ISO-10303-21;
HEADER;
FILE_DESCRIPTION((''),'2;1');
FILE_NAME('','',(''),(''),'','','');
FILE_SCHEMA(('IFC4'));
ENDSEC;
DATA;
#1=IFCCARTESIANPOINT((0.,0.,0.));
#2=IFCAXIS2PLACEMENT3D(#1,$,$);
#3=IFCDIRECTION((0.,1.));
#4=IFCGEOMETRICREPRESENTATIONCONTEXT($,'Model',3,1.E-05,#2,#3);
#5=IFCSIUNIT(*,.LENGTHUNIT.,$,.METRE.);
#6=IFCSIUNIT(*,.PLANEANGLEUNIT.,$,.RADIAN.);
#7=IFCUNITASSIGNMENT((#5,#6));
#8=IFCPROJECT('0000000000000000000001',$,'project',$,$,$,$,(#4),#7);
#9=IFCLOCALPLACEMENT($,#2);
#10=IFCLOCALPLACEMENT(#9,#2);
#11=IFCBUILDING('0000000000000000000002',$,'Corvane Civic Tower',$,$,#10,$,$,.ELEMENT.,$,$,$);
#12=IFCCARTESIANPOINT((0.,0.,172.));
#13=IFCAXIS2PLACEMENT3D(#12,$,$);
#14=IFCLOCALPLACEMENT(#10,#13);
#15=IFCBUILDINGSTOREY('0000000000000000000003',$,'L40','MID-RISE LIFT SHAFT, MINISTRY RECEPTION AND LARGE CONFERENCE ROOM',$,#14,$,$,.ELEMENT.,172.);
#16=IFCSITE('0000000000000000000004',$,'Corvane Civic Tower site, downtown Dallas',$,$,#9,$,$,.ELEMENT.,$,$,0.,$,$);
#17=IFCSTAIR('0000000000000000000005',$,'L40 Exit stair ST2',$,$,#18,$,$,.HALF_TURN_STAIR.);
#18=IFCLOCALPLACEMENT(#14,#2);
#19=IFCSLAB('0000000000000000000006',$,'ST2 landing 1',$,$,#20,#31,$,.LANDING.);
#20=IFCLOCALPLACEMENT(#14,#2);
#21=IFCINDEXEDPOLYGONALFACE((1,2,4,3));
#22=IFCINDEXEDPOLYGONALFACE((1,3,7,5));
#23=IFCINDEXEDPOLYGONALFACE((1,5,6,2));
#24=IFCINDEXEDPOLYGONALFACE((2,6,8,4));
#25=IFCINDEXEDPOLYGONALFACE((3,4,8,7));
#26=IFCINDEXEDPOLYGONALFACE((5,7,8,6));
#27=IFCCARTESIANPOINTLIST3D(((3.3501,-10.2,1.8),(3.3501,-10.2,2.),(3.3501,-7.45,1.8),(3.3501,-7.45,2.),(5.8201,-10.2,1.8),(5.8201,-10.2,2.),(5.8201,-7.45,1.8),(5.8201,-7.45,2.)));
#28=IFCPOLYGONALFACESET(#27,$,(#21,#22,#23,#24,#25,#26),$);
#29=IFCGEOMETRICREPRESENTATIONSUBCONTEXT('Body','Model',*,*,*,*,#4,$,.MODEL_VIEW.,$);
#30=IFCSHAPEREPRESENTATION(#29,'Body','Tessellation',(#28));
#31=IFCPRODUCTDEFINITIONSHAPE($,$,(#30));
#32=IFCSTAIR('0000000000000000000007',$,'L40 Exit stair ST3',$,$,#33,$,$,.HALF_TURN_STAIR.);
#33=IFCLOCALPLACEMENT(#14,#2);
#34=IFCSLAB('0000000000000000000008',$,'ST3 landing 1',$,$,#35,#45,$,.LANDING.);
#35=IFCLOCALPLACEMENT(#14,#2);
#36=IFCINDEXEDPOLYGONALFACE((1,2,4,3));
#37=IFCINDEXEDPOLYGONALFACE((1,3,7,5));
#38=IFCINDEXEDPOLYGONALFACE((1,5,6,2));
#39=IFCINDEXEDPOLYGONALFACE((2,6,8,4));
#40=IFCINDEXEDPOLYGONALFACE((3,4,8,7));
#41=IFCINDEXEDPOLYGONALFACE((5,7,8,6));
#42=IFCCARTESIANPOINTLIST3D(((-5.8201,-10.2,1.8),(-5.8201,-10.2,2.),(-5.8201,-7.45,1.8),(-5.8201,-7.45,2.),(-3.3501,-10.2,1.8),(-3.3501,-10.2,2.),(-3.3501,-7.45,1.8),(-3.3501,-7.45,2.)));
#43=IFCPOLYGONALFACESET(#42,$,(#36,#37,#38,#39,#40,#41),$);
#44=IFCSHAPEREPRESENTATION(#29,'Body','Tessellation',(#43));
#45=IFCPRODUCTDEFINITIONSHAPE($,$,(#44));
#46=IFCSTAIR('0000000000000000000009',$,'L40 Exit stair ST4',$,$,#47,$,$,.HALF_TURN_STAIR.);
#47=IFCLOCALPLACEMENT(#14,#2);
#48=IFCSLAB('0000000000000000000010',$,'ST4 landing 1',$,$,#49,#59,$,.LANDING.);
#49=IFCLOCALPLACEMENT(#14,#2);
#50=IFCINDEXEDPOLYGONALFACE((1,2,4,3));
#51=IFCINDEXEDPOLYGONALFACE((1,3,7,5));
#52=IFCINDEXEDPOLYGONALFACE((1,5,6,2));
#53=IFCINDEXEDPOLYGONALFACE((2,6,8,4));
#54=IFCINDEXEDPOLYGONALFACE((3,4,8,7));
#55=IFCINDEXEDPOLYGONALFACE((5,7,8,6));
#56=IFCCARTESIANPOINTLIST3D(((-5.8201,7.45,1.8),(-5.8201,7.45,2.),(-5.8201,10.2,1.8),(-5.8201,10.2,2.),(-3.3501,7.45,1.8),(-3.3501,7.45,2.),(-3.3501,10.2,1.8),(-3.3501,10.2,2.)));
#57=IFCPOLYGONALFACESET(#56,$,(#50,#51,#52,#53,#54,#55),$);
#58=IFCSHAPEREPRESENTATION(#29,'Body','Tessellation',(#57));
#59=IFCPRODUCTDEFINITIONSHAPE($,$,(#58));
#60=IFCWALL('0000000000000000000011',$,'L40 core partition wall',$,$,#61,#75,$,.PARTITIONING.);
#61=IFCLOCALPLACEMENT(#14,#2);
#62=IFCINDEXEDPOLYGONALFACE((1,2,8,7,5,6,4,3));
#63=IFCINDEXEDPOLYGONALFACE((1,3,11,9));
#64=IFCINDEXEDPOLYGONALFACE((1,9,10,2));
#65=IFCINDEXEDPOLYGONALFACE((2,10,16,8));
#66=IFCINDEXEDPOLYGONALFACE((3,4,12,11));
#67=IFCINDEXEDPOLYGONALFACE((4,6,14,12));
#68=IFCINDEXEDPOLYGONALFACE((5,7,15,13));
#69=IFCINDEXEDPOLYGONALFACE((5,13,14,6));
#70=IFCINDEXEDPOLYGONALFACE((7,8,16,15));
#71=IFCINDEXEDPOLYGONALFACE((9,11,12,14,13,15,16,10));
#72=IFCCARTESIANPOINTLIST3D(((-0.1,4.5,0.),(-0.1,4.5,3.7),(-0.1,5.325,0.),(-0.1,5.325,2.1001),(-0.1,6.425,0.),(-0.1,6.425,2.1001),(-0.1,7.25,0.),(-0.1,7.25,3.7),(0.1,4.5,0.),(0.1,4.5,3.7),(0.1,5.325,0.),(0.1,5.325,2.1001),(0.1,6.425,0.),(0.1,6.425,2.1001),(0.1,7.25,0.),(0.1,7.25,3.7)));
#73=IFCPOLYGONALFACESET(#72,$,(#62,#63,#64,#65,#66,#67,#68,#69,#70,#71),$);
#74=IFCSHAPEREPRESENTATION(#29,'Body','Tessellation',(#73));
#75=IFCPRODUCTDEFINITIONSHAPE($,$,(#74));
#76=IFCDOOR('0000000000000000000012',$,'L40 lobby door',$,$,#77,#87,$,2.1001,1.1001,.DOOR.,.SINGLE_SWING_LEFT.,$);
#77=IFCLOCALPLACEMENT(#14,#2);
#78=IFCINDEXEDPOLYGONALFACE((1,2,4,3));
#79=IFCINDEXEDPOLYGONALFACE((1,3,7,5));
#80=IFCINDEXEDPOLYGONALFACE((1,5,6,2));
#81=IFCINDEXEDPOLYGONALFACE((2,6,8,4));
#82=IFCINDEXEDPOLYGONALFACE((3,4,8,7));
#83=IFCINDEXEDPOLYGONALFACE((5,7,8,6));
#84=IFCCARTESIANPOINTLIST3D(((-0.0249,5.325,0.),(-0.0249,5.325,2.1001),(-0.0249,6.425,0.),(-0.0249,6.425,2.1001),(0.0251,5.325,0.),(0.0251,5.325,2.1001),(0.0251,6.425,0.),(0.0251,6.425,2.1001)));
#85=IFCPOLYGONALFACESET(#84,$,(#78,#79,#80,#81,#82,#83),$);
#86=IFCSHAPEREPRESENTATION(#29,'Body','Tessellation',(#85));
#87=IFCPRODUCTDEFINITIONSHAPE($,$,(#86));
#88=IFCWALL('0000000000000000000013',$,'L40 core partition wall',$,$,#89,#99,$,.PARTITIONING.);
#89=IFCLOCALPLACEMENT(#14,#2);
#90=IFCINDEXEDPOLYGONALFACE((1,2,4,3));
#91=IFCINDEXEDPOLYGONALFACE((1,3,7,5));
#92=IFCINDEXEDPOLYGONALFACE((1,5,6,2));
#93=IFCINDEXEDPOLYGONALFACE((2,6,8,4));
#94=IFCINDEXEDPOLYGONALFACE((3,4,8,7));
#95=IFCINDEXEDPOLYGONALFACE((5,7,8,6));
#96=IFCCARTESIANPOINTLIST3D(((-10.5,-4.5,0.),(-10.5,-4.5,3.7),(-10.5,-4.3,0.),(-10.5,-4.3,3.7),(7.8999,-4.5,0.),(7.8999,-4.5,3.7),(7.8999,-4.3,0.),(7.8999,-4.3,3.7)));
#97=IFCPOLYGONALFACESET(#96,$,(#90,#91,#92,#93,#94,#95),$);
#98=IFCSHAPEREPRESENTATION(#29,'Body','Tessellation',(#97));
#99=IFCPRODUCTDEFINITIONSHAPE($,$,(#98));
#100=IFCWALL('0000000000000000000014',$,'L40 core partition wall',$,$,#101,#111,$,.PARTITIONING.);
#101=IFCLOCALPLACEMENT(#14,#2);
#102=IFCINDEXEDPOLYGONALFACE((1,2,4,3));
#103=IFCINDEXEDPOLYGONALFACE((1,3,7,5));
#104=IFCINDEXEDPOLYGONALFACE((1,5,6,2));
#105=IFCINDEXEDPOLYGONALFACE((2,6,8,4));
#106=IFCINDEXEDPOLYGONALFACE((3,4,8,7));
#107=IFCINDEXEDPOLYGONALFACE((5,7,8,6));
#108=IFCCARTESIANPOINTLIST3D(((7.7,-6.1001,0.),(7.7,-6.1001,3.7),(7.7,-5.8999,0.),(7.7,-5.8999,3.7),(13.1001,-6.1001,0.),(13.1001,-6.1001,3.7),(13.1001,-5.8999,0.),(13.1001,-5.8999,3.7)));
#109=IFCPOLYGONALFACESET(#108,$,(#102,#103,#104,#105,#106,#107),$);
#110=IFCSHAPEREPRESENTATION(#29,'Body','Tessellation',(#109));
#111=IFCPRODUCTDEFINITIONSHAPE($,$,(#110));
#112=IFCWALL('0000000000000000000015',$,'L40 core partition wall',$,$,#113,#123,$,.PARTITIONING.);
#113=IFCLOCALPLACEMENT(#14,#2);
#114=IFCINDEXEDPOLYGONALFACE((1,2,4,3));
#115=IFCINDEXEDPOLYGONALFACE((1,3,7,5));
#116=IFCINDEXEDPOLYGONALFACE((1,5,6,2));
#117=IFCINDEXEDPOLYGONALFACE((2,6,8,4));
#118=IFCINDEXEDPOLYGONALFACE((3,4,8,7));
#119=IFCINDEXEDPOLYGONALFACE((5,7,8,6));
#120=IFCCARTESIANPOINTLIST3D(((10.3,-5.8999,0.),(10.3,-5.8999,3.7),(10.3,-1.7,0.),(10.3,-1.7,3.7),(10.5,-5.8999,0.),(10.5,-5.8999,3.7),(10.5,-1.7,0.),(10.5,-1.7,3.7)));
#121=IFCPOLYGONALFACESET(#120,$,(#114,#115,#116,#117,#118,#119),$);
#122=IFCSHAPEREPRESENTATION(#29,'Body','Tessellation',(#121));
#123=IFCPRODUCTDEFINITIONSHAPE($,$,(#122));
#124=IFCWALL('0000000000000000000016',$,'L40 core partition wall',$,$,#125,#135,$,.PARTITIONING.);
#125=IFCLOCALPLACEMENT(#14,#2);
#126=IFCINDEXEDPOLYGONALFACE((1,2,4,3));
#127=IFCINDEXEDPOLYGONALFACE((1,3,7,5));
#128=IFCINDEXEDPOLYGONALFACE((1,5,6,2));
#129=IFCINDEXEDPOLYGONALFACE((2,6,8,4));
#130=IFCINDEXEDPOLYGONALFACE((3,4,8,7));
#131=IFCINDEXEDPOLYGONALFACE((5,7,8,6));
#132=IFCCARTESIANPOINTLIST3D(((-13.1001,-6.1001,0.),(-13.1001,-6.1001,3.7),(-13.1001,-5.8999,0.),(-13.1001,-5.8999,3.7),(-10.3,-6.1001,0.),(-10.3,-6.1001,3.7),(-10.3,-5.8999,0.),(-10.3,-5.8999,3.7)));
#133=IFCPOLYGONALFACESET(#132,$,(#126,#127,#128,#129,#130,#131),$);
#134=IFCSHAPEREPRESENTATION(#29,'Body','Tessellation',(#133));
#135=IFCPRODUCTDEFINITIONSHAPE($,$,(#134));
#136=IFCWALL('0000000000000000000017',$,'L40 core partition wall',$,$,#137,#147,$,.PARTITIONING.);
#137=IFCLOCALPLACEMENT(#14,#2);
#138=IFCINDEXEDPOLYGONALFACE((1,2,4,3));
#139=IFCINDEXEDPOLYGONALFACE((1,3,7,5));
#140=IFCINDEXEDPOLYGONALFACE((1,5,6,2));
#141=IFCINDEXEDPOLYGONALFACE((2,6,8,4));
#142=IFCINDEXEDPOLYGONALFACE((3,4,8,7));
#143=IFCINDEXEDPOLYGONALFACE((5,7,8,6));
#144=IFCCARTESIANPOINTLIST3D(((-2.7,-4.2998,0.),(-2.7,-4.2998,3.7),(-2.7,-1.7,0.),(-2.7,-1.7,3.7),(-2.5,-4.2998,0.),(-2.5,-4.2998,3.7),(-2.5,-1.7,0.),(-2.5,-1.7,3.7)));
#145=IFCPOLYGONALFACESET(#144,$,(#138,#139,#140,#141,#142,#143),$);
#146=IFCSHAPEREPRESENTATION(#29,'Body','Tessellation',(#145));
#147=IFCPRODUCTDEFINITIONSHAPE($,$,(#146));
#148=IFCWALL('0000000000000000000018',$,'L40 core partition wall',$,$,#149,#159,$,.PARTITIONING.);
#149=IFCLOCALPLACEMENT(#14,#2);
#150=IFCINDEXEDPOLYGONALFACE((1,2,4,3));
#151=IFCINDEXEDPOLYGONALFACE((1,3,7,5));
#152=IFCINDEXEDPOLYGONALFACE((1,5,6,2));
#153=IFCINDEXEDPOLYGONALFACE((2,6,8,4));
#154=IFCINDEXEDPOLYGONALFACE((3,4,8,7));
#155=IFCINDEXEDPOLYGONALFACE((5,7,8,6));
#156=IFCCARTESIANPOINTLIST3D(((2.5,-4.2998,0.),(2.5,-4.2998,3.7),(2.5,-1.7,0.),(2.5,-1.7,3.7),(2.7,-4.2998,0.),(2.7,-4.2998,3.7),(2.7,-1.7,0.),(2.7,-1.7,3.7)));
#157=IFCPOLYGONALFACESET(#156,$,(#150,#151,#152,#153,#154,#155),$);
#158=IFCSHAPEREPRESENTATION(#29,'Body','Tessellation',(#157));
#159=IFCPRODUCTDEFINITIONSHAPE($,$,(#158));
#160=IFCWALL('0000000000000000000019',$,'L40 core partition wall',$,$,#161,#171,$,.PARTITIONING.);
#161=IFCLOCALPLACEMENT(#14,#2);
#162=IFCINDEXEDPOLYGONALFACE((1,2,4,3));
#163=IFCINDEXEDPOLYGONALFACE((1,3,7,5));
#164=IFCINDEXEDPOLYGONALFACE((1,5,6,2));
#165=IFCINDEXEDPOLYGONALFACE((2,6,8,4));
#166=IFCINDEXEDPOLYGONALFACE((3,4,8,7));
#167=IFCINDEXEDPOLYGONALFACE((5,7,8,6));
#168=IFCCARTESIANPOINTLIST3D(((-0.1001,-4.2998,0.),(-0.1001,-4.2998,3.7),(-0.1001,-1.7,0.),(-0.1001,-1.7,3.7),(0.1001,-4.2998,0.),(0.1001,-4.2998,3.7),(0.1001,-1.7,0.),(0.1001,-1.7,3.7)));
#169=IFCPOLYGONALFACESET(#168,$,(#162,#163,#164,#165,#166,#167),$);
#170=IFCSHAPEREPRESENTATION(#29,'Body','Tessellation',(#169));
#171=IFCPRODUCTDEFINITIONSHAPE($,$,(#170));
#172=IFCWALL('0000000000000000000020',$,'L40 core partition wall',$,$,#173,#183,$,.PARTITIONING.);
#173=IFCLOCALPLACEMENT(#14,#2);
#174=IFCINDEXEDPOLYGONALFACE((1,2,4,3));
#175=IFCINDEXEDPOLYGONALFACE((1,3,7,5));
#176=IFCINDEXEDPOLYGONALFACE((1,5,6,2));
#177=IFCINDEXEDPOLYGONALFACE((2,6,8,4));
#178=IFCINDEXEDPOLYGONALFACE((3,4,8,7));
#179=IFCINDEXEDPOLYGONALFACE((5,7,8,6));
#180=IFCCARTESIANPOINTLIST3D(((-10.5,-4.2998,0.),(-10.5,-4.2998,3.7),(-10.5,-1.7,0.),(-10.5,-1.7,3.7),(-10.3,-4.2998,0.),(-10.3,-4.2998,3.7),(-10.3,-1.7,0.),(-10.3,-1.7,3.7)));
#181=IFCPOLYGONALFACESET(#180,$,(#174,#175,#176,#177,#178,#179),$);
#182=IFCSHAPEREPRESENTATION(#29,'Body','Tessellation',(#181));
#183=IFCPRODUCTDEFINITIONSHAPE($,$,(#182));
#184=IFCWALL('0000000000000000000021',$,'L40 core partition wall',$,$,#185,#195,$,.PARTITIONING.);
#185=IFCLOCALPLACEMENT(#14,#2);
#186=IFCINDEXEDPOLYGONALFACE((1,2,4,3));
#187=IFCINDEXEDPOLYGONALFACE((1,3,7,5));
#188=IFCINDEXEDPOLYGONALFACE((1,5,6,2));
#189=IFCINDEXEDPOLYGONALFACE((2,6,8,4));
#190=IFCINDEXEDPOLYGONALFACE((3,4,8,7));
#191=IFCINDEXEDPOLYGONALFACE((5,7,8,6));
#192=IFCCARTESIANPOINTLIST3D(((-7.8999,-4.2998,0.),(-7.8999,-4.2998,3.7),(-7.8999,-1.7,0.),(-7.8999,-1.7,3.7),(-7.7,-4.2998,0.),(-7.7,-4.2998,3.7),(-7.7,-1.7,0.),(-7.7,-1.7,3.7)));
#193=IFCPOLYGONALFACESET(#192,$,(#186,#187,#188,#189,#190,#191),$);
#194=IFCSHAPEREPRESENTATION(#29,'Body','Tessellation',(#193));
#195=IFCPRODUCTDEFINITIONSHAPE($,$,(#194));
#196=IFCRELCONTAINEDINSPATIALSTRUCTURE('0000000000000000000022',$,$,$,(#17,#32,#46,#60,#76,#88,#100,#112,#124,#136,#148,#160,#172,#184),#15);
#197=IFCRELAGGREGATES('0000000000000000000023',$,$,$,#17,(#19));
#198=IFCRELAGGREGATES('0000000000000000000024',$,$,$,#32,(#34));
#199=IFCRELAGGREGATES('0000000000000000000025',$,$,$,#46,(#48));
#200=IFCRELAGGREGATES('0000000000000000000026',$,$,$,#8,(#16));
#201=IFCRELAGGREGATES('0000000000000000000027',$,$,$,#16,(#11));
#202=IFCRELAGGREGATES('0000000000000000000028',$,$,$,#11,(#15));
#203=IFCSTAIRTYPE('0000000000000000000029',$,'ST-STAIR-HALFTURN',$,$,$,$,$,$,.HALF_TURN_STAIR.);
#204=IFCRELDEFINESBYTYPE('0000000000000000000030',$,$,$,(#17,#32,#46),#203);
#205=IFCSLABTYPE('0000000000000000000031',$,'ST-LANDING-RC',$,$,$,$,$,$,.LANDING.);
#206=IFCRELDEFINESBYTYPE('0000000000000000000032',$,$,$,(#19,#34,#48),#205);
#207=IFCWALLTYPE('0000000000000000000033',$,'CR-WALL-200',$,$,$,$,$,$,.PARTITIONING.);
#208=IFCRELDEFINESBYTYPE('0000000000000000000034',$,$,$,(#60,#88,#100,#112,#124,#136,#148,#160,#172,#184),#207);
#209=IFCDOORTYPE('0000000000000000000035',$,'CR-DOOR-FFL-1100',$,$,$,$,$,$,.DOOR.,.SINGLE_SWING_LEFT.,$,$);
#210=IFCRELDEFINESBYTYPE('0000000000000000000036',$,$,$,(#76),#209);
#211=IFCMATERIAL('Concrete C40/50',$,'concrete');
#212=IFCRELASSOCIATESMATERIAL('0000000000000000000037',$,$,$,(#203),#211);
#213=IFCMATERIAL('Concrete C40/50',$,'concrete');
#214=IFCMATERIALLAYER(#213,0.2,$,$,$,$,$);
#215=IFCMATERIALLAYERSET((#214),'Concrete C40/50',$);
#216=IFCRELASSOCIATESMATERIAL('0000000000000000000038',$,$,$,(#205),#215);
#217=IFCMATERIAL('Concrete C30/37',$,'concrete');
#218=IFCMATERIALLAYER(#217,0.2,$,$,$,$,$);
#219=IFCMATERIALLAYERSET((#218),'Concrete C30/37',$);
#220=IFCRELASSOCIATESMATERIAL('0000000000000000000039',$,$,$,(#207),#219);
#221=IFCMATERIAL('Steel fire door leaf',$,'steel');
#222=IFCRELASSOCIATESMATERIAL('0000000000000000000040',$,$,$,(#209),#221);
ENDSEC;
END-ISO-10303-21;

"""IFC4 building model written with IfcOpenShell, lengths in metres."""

from ifc_helpers import new_model, si_unit, direction, frame, frame_2d, origin, place, context, subcontext, project, spatial, polyline, rectangle, outline, extrude, material, layer, layer_set, type_object, element, fill, aggregate, save


model = new_model("IFC4")

# Units and contexts
model_context = context("Model", 3, precision=1e-05, world=origin(), true_north=direction((0.0, 1.0)))
body_context = subcontext(model_context, "Body", "Model", "MODEL_VIEW")
ifc_project = project(units=[si_unit("LENGTHUNIT", "METRE"), si_unit("PLANEANGLEUNIT", "RADIAN")], contexts=[model_context])

# Site, building, storey
site_placement = place(None, origin())
site = spatial("IfcSite", under=ifc_project, at=site_placement, Name="Corvane Civic Tower site, downtown Dallas", CompositionType="ELEMENT", RefElevation=0.0)
building_placement = place(site_placement, origin())
building = spatial("IfcBuilding", under=site, at=building_placement, Name="Corvane Civic Tower", CompositionType="ELEMENT")
storey_placement = place(building_placement, frame((0.0, 0.0, 172.0)))
storey = spatial("IfcBuildingStorey", under=building, at=storey_placement, Name="L40", Description="MID-RISE LIFT SHAFT, MINISTRY RECEPTION AND LARGE CONFERENCE ROOM", CompositionType="ELEMENT", Elevation=172.0)

# Stairs, slabs
ifc_material_1 = material(Name="Concrete C40/50", Category="concrete")
stair_type = type_object("IfcStairType", Name="ST-STAIR-HALFTURN", PredefinedType="HALF_TURN_STAIR", material=ifc_material_1)
stair_1_placement = place(storey_placement, origin())
stair_1 = element("IfcStair", 1, at=stair_1_placement, inside=storey, type_object=stair_type, Name="L40 Exit stair ST2", PredefinedType="HALF_TURN_STAIR")
ifc_material_2 = material(Name="Concrete C40/50", Category="concrete")
ifc_layer_1 = layer(ifc_material_2, 0.2)
ifc_layer_set_1 = layer_set([ifc_layer_1], Name="Concrete C40/50")
slab_type = type_object("IfcSlabType", Name="ST-LANDING-RC", PredefinedType="LANDING", material=ifc_layer_set_1)
slab_1_placement = place(storey_placement, frame((0.0, 0.0, 1.8)))
slab_1 = element("IfcSlab", 2, at=slab_1_placement, type_object=slab_type, Name="ST2 landing 1", PredefinedType="LANDING", context=body_context, shape_type="SweptSolid", body=[
    extrude(outline(polyline([(5.8201, -7.45), (3.3501, -7.45), (3.3501, -10.2), (5.8201, -10.2), (5.8201, -7.45)])), origin(), (0.0, 0.0, 1.0), 0.2),
])
aggregate(stair_1, [slab_1])
stair_2_placement = place(storey_placement, origin())
stair_2 = element("IfcStair", 3, at=stair_2_placement, inside=storey, type_object=stair_type, Name="L40 Exit stair ST3", PredefinedType="HALF_TURN_STAIR")
slab_2_placement = place(storey_placement, frame((0.0, 0.0, 1.8)))
slab_2 = element("IfcSlab", 4, at=slab_2_placement, type_object=slab_type, Name="ST3 landing 1", PredefinedType="LANDING", context=body_context, shape_type="SweptSolid", body=[
    extrude(outline(polyline([(-5.8201, -10.2), (-3.3501, -10.2), (-3.3501, -7.45), (-5.8201, -7.45), (-5.8201, -10.2)])), origin(), (0.0, 0.0, 1.0), 0.2),
])
aggregate(stair_2, [slab_2])
stair_3_placement = place(storey_placement, origin())
stair_3 = element("IfcStair", 5, at=stair_3_placement, inside=storey, type_object=stair_type, Name="L40 Exit stair ST4", PredefinedType="HALF_TURN_STAIR")
slab_3_placement = place(storey_placement, frame((0.0, 0.0, 1.8)))
slab_3 = element("IfcSlab", 6, at=slab_3_placement, type_object=slab_type, Name="ST4 landing 1", PredefinedType="LANDING", context=body_context, shape_type="SweptSolid", body=[
    extrude(outline(polyline([(-5.8201, 7.45), (-3.3501, 7.45), (-3.3501, 10.2), (-5.8201, 10.2), (-5.8201, 7.45)])), origin(), (0.0, 0.0, 1.0), 0.2),
])
aggregate(stair_3, [slab_3])

# Wall, opening, door
ifc_material_3 = material(Name="Concrete C30/37", Category="concrete")
ifc_layer_2 = layer(ifc_material_3, 0.2)
ifc_layer_set_2 = layer_set([ifc_layer_2], Name="Concrete C30/37")
wall_type_1 = type_object("IfcWallType", Name="CR-WALL-200", PredefinedType="PARTITIONING", material=ifc_layer_set_2)
wall_1_placement = place(storey_placement, frame((0.0, 4.5, 0.0), z_axis=(0.0, 0.0, 1.0), x_axis=(0.0, 1.0, 0.0)))
wall_1 = element("IfcWall", 7, at=wall_1_placement, inside=storey, type_object=wall_type_1, Name="L40 core partition wall", PredefinedType="PARTITIONING", context=body_context, shape_type="SweptSolid", body=[
    extrude(rectangle(XDim=2.75, YDim=0.2, at=frame_2d((1.375, 0.0))), origin(), (0.0, 0.0, 1.0), 3.7),
])
opening_1_placement = place(wall_1_placement, frame((0.825, 0.0, 0.0)))
opening_1 = element("IfcOpeningElement", 8, at=opening_1_placement, cuts=wall_1, PredefinedType="OPENING", context=body_context, shape_type="SweptSolid", body=[
    extrude(rectangle(XDim=1.1001, YDim=2.1001, at=frame_2d((0.55, 1.05))), frame((0.0, 0.1099, 0.0), z_axis=(0.0, -1.0, 0.0), x_axis=(1.0, 0.0, 0.0)), (0.0, 0.0, 1.0), 0.22),
])
ifc_material_4 = material(Name="Steel fire door leaf", Category="steel")
door_type_1 = type_object("IfcDoorType", Name="CR-DOOR-FFL-1100", OperationType="SINGLE_SWING_LEFT", PredefinedType="DOOR", material=ifc_material_4)
door_1_placement = place(opening_1_placement, origin())
door_1 = element("IfcDoor", 9, at=door_1_placement, inside=storey, type_object=door_type_1, Name="L40 lobby door", OperationType="SINGLE_SWING_LEFT", OverallHeight=2.1001, OverallWidth=1.1001, PredefinedType="DOOR", context=body_context, shape_type="SweptSolid", body=[
    extrude(rectangle(XDim=1.1001, YDim=2.1001, at=frame_2d((0.55, 1.05))), frame((0.0, 0.0249, 0.0), z_axis=(0.0, -1.0, 0.0), x_axis=(1.0, 0.0, 0.0)), (0.0, 0.0, 1.0), 0.05),
])
fill(opening_1, door_1)

# Walls
wall_2_placement = place(storey_placement, origin())
element("IfcWall", 10, at=wall_2_placement, inside=storey, type_object=wall_type_1, Name="L40 core partition wall", PredefinedType="PARTITIONING", context=body_context, shape_type="SweptSolid", body=[
    extrude(outline(polyline([(7.8999, -4.3), (7.8999, -4.5), (-10.5, -4.5), (-10.5, -4.3), (7.8999, -4.3)])), origin(), (0.0, 0.0, 1.0), 3.7),
])
wall_3_placement = place(storey_placement, origin())
element("IfcWall", 11, at=wall_3_placement, inside=storey, type_object=wall_type_1, Name="L40 core partition wall", PredefinedType="PARTITIONING", context=body_context, shape_type="SweptSolid", body=[
    extrude(outline(polyline([(13.1001, -6.1001), (7.7, -6.1001), (7.7, -5.8999), (13.1001, -5.8999), (13.1001, -6.1001)])), origin(), (0.0, 0.0, 1.0), 3.7),
])
wall_4_placement = place(storey_placement, origin())
element("IfcWall", 12, at=wall_4_placement, inside=storey, type_object=wall_type_1, Name="L40 core partition wall", PredefinedType="PARTITIONING", context=body_context, shape_type="SweptSolid", body=[
    extrude(outline(polyline([(10.5, -1.7), (10.5, -5.8999), (10.3, -5.8999), (10.3, -1.7), (10.5, -1.7)])), origin(), (0.0, 0.0, 1.0), 3.7),
])
wall_5_placement = place(storey_placement, origin())
element("IfcWall", 13, at=wall_5_placement, inside=storey, type_object=wall_type_1, Name="L40 core partition wall", PredefinedType="PARTITIONING", context=body_context, shape_type="SweptSolid", body=[
    extrude(outline(polyline([(-10.3, -6.1001), (-13.1001, -6.1001), (-13.1001, -5.8999), (-10.3, -5.8999), (-10.3, -6.1001)])), origin(), (0.0, 0.0, 1.0), 3.7),
])
wall_6_placement = place(storey_placement, origin())
element("IfcWall", 14, at=wall_6_placement, inside=storey, type_object=wall_type_1, Name="L40 core partition wall", PredefinedType="PARTITIONING", context=body_context, shape_type="SweptSolid", body=[
    extrude(outline(polyline([(-2.5, -1.7), (-2.5, -4.2998), (-2.7, -4.2998), (-2.7, -1.7), (-2.5, -1.7)])), origin(), (0.0, 0.0, 1.0), 3.7),
])
wall_7_placement = place(storey_placement, origin())
element("IfcWall", 15, at=wall_7_placement, inside=storey, type_object=wall_type_1, Name="L40 core partition wall", PredefinedType="PARTITIONING", context=body_context, shape_type="SweptSolid", body=[
    extrude(outline(polyline([(2.7, -1.7), (2.7, -4.2998), (2.5, -4.2998), (2.5, -1.7), (2.7, -1.7)])), origin(), (0.0, 0.0, 1.0), 3.7),
])
wall_8_placement = place(storey_placement, origin())
element("IfcWall", 16, at=wall_8_placement, inside=storey, type_object=wall_type_1, Name="L40 core partition wall", PredefinedType="PARTITIONING", context=body_context, shape_type="SweptSolid", body=[
    extrude(outline(polyline([(0.1001, -1.7), (0.1001, -4.2998), (-0.1001, -4.2998), (-0.1001, -1.7), (0.1001, -1.7)])), origin(), (0.0, 0.0, 1.0), 3.7),
])
wall_9_placement = place(storey_placement, origin())
element("IfcWall", 17, at=wall_9_placement, inside=storey, type_object=wall_type_1, Name="L40 core partition wall", PredefinedType="PARTITIONING", context=body_context, shape_type="SweptSolid", body=[
    extrude(outline(polyline([(-10.3, -1.7), (-10.3, -4.2998), (-10.5, -4.2998), (-10.5, -1.7), (-10.3, -1.7)])), origin(), (0.0, 0.0, 1.0), 3.7),
])
wall_10_placement = place(storey_placement, origin())
element("IfcWall", 18, at=wall_10_placement, inside=storey, type_object=wall_type_1, Name="L40 core partition wall", PredefinedType="PARTITIONING", context=body_context, shape_type="SweptSolid", body=[
    extrude(outline(polyline([(-7.7, -1.7), (-7.7, -4.2998), (-7.8999, -4.2998), (-7.8999, -1.7), (-7.7, -1.7)])), origin(), (0.0, 0.0, 1.0), 3.7),
])

save(model, "model.ifc")
